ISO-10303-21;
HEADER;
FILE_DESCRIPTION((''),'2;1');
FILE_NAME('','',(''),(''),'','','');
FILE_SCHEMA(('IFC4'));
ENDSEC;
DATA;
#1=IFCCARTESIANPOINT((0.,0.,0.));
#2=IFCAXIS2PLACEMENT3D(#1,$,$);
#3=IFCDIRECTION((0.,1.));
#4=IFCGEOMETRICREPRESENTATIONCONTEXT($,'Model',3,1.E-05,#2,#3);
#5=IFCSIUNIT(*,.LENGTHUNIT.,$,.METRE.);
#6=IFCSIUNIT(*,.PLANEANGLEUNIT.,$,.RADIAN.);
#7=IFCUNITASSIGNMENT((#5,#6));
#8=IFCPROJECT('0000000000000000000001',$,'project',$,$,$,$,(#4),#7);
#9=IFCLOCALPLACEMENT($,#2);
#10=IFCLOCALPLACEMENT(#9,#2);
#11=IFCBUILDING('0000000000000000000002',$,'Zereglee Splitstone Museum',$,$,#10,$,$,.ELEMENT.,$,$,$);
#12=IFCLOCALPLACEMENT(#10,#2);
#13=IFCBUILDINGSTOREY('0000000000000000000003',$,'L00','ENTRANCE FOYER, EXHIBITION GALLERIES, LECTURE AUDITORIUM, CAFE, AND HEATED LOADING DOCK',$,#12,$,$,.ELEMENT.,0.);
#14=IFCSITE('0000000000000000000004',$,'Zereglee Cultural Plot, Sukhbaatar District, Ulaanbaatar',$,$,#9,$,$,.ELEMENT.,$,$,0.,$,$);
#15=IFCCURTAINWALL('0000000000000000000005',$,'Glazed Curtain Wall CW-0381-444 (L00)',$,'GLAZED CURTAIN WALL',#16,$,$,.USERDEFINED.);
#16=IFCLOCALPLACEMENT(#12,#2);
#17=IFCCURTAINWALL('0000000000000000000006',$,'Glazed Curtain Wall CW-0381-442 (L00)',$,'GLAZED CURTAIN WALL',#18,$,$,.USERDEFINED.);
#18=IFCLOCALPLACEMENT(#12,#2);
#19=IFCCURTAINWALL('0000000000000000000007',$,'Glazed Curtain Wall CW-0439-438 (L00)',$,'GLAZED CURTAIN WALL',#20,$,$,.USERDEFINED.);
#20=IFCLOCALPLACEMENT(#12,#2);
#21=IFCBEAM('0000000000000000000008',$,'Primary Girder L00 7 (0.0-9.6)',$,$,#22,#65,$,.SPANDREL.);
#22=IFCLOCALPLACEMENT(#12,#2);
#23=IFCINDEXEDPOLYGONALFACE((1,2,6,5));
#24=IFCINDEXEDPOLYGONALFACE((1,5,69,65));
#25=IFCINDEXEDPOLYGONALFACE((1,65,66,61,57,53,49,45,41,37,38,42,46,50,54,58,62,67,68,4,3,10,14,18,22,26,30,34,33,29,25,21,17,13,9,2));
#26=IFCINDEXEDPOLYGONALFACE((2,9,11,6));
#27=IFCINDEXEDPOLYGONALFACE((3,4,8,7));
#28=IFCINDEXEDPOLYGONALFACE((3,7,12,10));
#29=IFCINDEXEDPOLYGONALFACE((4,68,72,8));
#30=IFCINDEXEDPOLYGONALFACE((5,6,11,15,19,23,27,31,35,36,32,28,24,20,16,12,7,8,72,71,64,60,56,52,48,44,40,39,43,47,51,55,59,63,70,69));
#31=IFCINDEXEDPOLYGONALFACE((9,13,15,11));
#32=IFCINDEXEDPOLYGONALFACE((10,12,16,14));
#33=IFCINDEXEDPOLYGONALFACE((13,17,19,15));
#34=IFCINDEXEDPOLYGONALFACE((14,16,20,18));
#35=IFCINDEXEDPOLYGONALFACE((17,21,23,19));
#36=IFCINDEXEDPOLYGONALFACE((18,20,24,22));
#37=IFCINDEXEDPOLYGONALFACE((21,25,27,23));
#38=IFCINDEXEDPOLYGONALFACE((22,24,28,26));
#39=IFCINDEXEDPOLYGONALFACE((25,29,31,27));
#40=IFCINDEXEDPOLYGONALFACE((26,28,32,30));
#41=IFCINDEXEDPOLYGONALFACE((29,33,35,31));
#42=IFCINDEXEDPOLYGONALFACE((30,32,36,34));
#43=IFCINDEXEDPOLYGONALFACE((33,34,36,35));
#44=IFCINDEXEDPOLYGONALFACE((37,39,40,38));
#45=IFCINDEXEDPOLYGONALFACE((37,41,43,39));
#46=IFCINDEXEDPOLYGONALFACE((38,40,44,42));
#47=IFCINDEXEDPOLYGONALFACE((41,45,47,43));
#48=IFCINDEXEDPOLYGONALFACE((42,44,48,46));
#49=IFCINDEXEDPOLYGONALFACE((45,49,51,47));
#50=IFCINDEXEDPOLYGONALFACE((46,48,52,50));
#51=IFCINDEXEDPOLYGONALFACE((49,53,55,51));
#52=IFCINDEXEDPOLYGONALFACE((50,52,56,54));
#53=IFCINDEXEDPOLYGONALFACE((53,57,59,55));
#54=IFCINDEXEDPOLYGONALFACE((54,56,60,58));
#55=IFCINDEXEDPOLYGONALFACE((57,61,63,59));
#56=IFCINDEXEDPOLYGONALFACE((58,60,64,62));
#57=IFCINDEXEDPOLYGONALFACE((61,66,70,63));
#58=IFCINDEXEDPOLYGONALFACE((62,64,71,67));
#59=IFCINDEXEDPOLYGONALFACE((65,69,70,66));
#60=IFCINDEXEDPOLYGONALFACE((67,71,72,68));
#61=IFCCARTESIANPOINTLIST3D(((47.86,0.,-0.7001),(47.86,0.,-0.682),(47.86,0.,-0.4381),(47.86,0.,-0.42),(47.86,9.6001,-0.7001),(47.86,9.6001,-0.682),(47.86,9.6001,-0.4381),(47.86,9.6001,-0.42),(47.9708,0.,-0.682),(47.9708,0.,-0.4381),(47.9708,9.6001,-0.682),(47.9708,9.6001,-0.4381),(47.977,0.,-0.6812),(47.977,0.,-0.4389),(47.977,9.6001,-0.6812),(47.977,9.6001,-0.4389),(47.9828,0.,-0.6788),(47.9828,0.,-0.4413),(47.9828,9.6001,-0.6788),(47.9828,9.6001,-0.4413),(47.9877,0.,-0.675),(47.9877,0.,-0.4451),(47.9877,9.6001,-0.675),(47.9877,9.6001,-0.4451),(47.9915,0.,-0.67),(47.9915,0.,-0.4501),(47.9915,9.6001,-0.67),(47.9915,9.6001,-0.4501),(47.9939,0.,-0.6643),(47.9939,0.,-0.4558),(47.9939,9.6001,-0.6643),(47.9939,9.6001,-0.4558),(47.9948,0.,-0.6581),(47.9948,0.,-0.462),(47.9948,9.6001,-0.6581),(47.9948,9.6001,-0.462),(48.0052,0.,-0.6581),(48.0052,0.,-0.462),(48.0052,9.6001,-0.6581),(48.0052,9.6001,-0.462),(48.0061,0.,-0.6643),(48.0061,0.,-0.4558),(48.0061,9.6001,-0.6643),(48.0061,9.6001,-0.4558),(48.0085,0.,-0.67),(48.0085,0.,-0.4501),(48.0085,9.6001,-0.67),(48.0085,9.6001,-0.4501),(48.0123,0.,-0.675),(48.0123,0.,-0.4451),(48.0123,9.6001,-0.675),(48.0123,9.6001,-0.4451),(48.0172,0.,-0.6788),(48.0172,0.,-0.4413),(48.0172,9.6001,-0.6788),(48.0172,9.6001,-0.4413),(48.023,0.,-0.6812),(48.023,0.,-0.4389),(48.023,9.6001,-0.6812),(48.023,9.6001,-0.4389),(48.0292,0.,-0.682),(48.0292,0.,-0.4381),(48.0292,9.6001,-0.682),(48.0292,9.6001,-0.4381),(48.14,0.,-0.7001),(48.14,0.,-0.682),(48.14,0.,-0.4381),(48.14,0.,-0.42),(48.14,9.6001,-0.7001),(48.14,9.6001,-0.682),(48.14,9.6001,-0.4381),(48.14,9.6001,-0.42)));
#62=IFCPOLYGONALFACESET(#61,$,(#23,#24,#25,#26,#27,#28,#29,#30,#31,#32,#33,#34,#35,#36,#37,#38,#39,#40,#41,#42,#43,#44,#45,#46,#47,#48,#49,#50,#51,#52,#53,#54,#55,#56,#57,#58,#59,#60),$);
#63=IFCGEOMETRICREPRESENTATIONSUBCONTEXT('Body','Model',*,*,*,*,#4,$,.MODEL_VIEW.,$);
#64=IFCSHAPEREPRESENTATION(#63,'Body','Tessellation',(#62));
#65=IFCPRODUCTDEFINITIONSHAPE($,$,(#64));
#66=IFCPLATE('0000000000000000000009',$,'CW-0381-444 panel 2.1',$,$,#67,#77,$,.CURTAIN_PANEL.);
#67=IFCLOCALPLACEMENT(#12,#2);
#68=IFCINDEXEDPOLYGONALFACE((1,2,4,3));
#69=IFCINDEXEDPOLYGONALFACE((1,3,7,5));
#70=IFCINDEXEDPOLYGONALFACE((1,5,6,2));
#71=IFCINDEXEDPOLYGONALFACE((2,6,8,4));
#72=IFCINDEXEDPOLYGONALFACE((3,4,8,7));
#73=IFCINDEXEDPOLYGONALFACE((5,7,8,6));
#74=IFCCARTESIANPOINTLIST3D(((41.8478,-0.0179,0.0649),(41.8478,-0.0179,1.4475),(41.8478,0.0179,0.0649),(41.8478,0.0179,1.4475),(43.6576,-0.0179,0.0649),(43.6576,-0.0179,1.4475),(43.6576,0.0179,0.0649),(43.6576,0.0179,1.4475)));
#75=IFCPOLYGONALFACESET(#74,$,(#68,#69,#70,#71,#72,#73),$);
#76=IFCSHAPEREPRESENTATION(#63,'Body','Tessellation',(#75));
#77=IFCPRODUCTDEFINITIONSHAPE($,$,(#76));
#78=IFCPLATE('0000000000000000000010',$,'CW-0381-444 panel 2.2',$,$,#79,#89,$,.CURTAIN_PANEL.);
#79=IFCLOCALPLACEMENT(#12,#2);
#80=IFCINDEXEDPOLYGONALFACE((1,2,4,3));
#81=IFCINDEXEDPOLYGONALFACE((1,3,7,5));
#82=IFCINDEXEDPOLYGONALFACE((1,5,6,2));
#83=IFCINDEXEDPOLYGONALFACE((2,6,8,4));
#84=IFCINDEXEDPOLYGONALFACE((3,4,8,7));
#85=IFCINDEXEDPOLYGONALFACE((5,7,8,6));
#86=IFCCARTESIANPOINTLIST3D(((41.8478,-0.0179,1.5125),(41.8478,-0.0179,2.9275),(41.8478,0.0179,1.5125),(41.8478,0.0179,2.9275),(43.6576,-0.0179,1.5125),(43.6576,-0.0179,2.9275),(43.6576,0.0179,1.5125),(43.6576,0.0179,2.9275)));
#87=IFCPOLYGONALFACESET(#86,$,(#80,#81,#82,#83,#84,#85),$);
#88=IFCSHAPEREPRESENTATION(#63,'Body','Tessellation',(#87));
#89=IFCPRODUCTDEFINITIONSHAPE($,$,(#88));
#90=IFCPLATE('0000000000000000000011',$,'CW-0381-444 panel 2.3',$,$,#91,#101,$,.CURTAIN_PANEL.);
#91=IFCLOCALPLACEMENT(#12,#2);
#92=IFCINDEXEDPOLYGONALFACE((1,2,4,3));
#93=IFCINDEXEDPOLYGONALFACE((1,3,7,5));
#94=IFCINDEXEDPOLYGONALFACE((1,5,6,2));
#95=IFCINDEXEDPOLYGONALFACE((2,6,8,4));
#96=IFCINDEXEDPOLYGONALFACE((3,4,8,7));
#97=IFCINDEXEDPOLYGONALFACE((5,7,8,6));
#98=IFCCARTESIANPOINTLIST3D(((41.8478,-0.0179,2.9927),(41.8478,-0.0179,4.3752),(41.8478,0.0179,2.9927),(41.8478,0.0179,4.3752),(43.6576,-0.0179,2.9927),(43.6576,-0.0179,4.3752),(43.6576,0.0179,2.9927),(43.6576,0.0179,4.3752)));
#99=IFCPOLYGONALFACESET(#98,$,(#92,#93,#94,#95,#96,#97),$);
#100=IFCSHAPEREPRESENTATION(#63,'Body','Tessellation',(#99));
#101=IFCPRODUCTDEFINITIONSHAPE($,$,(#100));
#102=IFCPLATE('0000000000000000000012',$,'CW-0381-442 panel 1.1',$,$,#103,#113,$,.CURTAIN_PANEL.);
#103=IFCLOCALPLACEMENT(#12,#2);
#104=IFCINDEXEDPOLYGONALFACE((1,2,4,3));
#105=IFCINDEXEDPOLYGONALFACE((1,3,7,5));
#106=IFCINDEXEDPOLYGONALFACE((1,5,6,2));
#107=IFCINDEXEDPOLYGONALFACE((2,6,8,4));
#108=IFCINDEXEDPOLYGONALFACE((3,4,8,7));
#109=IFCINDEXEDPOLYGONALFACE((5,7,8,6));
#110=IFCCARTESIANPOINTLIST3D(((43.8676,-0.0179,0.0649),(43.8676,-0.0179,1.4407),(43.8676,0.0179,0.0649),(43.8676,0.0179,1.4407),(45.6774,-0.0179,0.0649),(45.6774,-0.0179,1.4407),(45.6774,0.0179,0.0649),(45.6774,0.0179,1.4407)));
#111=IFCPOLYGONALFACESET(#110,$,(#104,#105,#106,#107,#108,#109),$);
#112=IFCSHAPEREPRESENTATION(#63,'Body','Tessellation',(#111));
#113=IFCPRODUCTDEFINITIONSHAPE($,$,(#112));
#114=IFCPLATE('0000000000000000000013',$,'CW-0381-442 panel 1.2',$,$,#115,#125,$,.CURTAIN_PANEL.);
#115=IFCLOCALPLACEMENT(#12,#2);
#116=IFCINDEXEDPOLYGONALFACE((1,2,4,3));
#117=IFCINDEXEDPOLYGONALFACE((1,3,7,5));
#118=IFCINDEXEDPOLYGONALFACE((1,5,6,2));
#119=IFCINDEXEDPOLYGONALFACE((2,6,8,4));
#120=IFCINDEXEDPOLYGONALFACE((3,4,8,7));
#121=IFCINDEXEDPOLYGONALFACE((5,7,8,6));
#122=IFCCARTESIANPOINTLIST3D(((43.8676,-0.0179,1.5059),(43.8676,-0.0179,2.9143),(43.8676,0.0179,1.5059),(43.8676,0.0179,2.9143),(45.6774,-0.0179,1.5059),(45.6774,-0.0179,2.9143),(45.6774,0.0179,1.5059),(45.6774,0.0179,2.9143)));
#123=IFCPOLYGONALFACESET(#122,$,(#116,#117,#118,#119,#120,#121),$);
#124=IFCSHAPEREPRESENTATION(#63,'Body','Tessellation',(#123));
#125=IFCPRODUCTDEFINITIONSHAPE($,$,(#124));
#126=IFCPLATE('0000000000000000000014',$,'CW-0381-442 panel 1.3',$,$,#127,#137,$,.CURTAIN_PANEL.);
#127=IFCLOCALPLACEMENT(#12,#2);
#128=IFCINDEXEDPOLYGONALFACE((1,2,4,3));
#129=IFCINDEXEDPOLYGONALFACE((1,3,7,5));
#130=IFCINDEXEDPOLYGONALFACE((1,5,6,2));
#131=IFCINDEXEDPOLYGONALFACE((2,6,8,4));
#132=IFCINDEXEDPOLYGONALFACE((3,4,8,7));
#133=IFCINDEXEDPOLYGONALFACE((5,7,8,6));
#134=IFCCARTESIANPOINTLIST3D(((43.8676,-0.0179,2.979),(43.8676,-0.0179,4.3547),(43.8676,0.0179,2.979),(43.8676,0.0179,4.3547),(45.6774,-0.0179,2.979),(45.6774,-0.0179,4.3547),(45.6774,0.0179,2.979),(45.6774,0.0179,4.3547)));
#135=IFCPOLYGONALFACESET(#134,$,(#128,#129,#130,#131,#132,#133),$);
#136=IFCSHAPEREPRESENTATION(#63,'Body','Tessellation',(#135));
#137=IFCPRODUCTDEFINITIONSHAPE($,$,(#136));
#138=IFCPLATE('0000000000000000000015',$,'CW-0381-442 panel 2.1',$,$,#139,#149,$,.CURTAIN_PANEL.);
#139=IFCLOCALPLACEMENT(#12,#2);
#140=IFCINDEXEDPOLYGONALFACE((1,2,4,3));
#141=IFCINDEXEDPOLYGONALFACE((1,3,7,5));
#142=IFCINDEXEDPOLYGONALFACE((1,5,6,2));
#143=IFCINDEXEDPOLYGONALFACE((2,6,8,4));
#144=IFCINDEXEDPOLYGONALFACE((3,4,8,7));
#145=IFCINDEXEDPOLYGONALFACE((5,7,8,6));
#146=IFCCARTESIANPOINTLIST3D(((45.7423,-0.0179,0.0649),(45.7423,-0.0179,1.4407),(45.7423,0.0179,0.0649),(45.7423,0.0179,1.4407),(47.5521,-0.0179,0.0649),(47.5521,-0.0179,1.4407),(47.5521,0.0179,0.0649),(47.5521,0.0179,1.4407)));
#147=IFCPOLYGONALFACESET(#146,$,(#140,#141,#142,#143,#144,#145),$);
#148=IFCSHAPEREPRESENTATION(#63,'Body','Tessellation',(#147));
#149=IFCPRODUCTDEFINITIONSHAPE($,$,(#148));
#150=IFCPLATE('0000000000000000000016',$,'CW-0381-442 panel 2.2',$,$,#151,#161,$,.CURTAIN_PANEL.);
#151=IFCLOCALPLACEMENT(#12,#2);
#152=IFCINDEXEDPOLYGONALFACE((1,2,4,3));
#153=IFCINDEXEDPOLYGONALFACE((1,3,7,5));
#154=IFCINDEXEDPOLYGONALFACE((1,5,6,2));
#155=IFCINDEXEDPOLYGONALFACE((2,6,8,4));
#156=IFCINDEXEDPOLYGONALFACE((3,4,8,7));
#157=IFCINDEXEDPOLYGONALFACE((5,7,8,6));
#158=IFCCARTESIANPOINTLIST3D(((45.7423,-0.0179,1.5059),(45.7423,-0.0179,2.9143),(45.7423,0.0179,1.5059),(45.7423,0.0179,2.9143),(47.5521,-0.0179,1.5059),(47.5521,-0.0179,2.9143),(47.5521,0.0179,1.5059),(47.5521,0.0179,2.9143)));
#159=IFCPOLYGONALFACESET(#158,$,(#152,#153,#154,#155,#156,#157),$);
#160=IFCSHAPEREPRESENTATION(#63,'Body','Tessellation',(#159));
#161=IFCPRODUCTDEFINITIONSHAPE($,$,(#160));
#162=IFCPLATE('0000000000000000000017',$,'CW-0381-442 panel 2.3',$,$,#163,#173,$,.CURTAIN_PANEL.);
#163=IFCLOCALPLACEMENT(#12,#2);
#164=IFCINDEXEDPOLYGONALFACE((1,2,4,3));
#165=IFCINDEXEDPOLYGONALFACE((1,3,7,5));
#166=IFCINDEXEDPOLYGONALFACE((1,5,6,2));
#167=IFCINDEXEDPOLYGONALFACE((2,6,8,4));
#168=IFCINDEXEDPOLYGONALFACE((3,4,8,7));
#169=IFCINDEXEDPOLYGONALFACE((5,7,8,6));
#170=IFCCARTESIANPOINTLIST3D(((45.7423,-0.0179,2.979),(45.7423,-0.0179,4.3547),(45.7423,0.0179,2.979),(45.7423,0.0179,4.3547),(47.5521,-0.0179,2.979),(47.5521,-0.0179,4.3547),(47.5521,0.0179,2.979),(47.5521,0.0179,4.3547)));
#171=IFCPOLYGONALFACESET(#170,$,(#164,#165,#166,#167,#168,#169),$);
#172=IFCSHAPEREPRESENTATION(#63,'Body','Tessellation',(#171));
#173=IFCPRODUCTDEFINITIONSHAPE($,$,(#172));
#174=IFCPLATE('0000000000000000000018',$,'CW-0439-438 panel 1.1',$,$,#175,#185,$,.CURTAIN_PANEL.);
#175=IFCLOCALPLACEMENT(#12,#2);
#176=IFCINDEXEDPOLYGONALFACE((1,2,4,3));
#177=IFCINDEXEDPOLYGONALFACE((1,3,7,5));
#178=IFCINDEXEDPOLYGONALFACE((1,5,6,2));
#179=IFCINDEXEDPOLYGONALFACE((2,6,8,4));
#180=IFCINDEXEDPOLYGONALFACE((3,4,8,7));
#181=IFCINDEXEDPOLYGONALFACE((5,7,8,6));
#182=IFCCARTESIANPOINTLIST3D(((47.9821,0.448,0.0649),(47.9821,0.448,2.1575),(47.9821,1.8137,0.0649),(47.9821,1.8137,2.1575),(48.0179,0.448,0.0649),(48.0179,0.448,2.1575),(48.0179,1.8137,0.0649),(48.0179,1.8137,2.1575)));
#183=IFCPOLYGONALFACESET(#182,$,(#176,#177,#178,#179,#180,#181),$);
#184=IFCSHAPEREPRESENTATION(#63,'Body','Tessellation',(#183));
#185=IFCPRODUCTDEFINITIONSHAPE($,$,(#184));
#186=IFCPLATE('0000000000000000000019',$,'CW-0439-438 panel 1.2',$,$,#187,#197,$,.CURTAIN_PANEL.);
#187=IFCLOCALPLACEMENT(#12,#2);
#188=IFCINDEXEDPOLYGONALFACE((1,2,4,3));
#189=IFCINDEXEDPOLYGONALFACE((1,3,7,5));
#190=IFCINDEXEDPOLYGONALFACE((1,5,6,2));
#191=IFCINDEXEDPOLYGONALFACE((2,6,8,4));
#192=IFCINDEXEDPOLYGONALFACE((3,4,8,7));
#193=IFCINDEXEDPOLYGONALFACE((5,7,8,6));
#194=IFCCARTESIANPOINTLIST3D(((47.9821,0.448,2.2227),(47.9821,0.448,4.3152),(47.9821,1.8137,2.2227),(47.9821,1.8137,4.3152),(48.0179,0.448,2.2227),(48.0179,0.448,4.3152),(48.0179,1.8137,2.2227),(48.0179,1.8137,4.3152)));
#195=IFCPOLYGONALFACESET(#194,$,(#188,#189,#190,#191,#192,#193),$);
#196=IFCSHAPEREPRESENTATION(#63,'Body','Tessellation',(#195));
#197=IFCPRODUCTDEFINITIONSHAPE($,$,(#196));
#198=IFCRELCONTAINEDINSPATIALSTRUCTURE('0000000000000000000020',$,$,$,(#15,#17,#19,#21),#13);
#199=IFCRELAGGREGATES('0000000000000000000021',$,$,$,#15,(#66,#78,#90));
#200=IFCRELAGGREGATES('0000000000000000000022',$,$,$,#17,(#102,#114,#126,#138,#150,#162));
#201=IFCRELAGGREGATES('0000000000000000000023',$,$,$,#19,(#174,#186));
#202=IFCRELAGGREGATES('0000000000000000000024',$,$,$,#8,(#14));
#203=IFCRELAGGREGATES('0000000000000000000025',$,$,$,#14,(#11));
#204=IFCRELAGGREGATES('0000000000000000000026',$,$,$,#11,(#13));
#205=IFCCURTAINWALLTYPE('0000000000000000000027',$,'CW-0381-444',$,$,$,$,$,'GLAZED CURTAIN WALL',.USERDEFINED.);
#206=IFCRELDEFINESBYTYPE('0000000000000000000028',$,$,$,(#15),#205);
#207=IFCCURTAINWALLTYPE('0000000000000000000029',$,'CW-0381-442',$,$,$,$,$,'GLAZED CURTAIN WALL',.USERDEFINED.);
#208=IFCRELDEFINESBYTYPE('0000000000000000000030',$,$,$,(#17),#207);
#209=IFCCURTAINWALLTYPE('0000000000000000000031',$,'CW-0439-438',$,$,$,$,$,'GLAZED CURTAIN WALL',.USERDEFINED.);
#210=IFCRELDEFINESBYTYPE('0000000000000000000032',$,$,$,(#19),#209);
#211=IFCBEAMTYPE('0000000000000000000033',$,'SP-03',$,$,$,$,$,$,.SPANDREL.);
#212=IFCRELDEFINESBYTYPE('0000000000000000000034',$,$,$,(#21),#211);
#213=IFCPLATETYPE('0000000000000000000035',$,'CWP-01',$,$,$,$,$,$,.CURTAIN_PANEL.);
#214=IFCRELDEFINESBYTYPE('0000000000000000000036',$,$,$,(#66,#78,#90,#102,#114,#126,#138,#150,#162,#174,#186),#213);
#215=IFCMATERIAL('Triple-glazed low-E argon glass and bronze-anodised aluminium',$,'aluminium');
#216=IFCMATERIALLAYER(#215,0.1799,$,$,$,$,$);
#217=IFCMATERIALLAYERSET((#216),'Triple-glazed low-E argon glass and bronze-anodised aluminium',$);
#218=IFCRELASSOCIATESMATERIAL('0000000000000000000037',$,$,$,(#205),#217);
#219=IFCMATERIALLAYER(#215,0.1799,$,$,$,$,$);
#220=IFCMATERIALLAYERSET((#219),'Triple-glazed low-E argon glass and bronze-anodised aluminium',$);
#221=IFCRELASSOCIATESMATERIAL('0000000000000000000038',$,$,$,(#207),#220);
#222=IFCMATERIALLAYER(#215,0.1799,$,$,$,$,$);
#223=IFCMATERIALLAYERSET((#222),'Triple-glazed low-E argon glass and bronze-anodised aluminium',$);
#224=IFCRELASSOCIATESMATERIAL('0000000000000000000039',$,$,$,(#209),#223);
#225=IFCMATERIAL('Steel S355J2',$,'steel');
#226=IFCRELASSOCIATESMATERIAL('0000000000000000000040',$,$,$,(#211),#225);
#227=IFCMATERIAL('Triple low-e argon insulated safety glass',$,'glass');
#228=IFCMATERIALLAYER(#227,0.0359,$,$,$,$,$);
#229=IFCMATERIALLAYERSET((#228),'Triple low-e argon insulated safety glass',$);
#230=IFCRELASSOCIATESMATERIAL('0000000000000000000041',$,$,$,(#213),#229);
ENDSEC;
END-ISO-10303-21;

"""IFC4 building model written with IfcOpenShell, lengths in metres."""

from ifc_helpers import new_model, si_unit, direction, frame, origin, origin_2d, place, context, subcontext, project, spatial, rectangle, i_section, extrude, material, layer, layer_set, material_profile, profile_set, type_object, element, aggregate, save


model = new_model("IFC4")

# Units and contexts
model_context = context("Model", 3, precision=1e-05, world=origin(), true_north=direction((0.0, 1.0)))
body_context = subcontext(model_context, "Body", "Model", "MODEL_VIEW")
ifc_project = project(units=[si_unit("LENGTHUNIT", "METRE"), si_unit("PLANEANGLEUNIT", "RADIAN")], contexts=[model_context])

# Site, building, storey
site_placement = place(None, origin())
site = spatial("IfcSite", under=ifc_project, at=site_placement, Name="Zereglee Cultural Plot, Sukhbaatar District, Ulaanbaatar", CompositionType="ELEMENT", RefElevation=0.0)
building_placement = place(site_placement, origin())
building = spatial("IfcBuilding", under=site, at=building_placement, Name="Zereglee Splitstone Museum", CompositionType="ELEMENT")
storey_placement = place(building_placement, origin())
storey = spatial("IfcBuildingStorey", under=building, at=storey_placement, Name="L00", Description="ENTRANCE FOYER, EXHIBITION GALLERIES, LECTURE AUDITORIUM, CAFE, AND HEATED LOADING DOCK", CompositionType="ELEMENT", Elevation=0.0)

# Curtain wall
ifc_material_1 = material(Name="Triple-glazed low-E argon glass and bronze-anodised aluminium", Category="aluminium")
ifc_layer_1 = layer(ifc_material_1, 0.1799)
ifc_layer_set_1 = layer_set([ifc_layer_1], Name="Triple-glazed low-E argon glass and bronze-anodised aluminium")
curtain_wall_type_1 = type_object("IfcCurtainWallType", Name="CW-0381-444", ElementType="GLAZED CURTAIN WALL", PredefinedType="USERDEFINED", material=ifc_layer_set_1)
curtain_wall_1_placement = place(storey_placement, origin())
curtain_wall_1 = element("IfcCurtainWall", 1, at=curtain_wall_1_placement, inside=storey, type_object=curtain_wall_type_1, Name="Glazed Curtain Wall CW-0381-444 (L00)", ObjectType="GLAZED CURTAIN WALL", PredefinedType="USERDEFINED")

# Curtain walls
ifc_layer_2 = layer(ifc_material_1, 0.1799)
ifc_layer_set_2 = layer_set([ifc_layer_2], Name="Triple-glazed low-E argon glass and bronze-anodised aluminium")
curtain_wall_type_2 = type_object("IfcCurtainWallType", Name="CW-0381-442", ElementType="GLAZED CURTAIN WALL", PredefinedType="USERDEFINED", material=ifc_layer_set_2)
curtain_wall_2_placement = place(storey_placement, origin())
curtain_wall_2 = element("IfcCurtainWall", 2, at=curtain_wall_2_placement, inside=storey, type_object=curtain_wall_type_2, Name="Glazed Curtain Wall CW-0381-442 (L00)", ObjectType="GLAZED CURTAIN WALL", PredefinedType="USERDEFINED")
ifc_layer_3 = layer(ifc_material_1, 0.1799)
ifc_layer_set_3 = layer_set([ifc_layer_3], Name="Triple-glazed low-E argon glass and bronze-anodised aluminium")
curtain_wall_type_3 = type_object("IfcCurtainWallType", Name="CW-0439-438", ElementType="GLAZED CURTAIN WALL", PredefinedType="USERDEFINED", material=ifc_layer_set_3)
curtain_wall_3_placement = place(storey_placement, origin())
curtain_wall_3 = element("IfcCurtainWall", 3, at=curtain_wall_3_placement, inside=storey, type_object=curtain_wall_type_3, Name="Glazed Curtain Wall CW-0439-438 (L00)", ObjectType="GLAZED CURTAIN WALL", PredefinedType="USERDEFINED")

# Beam
ifc_material_2 = material(Name="Steel S355J2", Category="steel")
ifc_material_profile_1 = material_profile(ifc_material_2, i_section(OverallWidth=0.28, OverallDepth=0.28, WebThickness=0.0105, FlangeThickness=0.0181, FilletRadius=0.0239, at=origin_2d()), Name="HE 280 B")
ifc_profile_set_1 = profile_set([ifc_material_profile_1], Name="Steel S355J2")
beam_type_1 = type_object("IfcBeamType", Name="SP-03", PredefinedType="SPANDREL", material=ifc_profile_set_1)
beam_1_placement = place(storey_placement, frame((48.0, 0.0, -0.5601), z_axis=(0.0, 1.0, 0.0), x_axis=(-1.0, 0.0, 0.0)))
element("IfcBeam", 4, at=beam_1_placement, inside=storey, type_object=beam_type_1, Name="Primary Girder L00 7 (0.0-9.6)", PredefinedType="SPANDREL", context=body_context, shape_type="SweptSolid", body=[
    extrude(i_section(OverallWidth=0.28, OverallDepth=0.28, WebThickness=0.0105, FlangeThickness=0.0181, FilletRadius=0.0239, at=origin_2d()), origin(), (0.0, 0.0, 1.0), 9.6001),
])

# Plates
ifc_material_3 = material(Name="Triple low-e argon insulated safety glass", Category="glass")
ifc_layer_4 = layer(ifc_material_3, 0.0359)
ifc_layer_set_4 = layer_set([ifc_layer_4], Name="Triple low-e argon insulated safety glass")
plate_type = type_object("IfcPlateType", Name="CWP-01", PredefinedType="CURTAIN_PANEL", material=ifc_layer_set_4)
plate_1_placement = place(storey_placement, frame((42.7527, 0.0, 0.0649), z_axis=(0.0, 0.0, 1.0), x_axis=(1.0, 0.0, 0.0)))
plate_1 = element("IfcPlate", 5, at=plate_1_placement, type_object=plate_type, Name="CW-0381-444 panel 2.1", PredefinedType="CURTAIN_PANEL", context=body_context, shape_type="SweptSolid", body=[
    extrude(rectangle(XDim=1.8098, YDim=0.0359, at=origin_2d()), origin(), (0.0, 0.0, 1.0), 1.3826),
])
plate_2_placement = place(storey_placement, frame((42.7527, 0.0, 1.5125), z_axis=(0.0, 0.0, 1.0), x_axis=(1.0, 0.0, 0.0)))
plate_2 = element("IfcPlate", 6, at=plate_2_placement, type_object=plate_type, Name="CW-0381-444 panel 2.2", PredefinedType="CURTAIN_PANEL", context=body_context, shape_type="SweptSolid", body=[
    extrude(rectangle(XDim=1.8098, YDim=0.0359, at=origin_2d()), origin(), (0.0, 0.0, 1.0), 1.415),
])
plate_3_placement = place(storey_placement, frame((42.7527, 0.0, 2.9927), z_axis=(0.0, 0.0, 1.0), x_axis=(1.0, 0.0, 0.0)))
plate_3 = element("IfcPlate", 7, at=plate_3_placement, type_object=plate_type, Name="CW-0381-444 panel 2.3", PredefinedType="CURTAIN_PANEL", context=body_context, shape_type="SweptSolid", body=[
    extrude(rectangle(XDim=1.8098, YDim=0.0359, at=origin_2d()), origin(), (0.0, 0.0, 1.0), 1.3826),
])
aggregate(curtain_wall_1, [plate_1, plate_2, plate_3])
plate_4_placement = place(storey_placement, frame((44.7725, 0.0, 0.0649), z_axis=(0.0, 0.0, 1.0), x_axis=(1.0, 0.0, 0.0)))
plate_4 = element("IfcPlate", 8, at=plate_4_placement, type_object=plate_type, Name="CW-0381-442 panel 1.1", PredefinedType="CURTAIN_PANEL", context=body_context, shape_type="SweptSolid", body=[
    extrude(rectangle(XDim=1.8098, YDim=0.0359, at=origin_2d()), origin(), (0.0, 0.0, 1.0), 1.3757),
])
plate_5_placement = place(storey_placement, frame((44.7725, 0.0, 1.5059), z_axis=(0.0, 0.0, 1.0), x_axis=(1.0, 0.0, 0.0)))
plate_5 = element("IfcPlate", 9, at=plate_5_placement, type_object=plate_type, Name="CW-0381-442 panel 1.2", PredefinedType="CURTAIN_PANEL", context=body_context, shape_type="SweptSolid", body=[
    extrude(rectangle(XDim=1.8098, YDim=0.0359, at=origin_2d()), origin(), (0.0, 0.0, 1.0), 1.4084),
])
plate_6_placement = place(storey_placement, frame((44.7725, 0.0, 2.979), z_axis=(0.0, 0.0, 1.0), x_axis=(1.0, 0.0, 0.0)))
plate_6 = element("IfcPlate", 10, at=plate_6_placement, type_object=plate_type, Name="CW-0381-442 panel 1.3", PredefinedType="CURTAIN_PANEL", context=body_context, shape_type="SweptSolid", body=[
    extrude(rectangle(XDim=1.8098, YDim=0.0359, at=origin_2d()), origin(), (0.0, 0.0, 1.0), 1.3757),
])
plate_7_placement = place(storey_placement, frame((46.6472, 0.0, 0.0649), z_axis=(0.0, 0.0, 1.0), x_axis=(1.0, 0.0, 0.0)))
plate_7 = element("IfcPlate", 11, at=plate_7_placement, type_object=plate_type, Name="CW-0381-442 panel 2.1", PredefinedType="CURTAIN_PANEL", context=body_context, shape_type="SweptSolid", body=[
    extrude(rectangle(XDim=1.8098, YDim=0.0359, at=origin_2d()), origin(), (0.0, 0.0, 1.0), 1.3757),
])
plate_8_placement = place(storey_placement, frame((46.6472, 0.0, 1.5059), z_axis=(0.0, 0.0, 1.0), x_axis=(1.0, 0.0, 0.0)))
plate_8 = element("IfcPlate", 12, at=plate_8_placement, type_object=plate_type, Name="CW-0381-442 panel 2.2", PredefinedType="CURTAIN_PANEL", context=body_context, shape_type="SweptSolid", body=[
    extrude(rectangle(XDim=1.8098, YDim=0.0359, at=origin_2d()), origin(), (0.0, 0.0, 1.0), 1.4084),
])
plate_9_placement = place(storey_placement, frame((46.6472, 0.0, 2.979), z_axis=(0.0, 0.0, 1.0), x_axis=(1.0, 0.0, 0.0)))
plate_9 = element("IfcPlate", 13, at=plate_9_placement, type_object=plate_type, Name="CW-0381-442 panel 2.3", PredefinedType="CURTAIN_PANEL", context=body_context, shape_type="SweptSolid", body=[
    extrude(rectangle(XDim=1.8098, YDim=0.0359, at=origin_2d()), origin(), (0.0, 0.0, 1.0), 1.3757),
])
aggregate(curtain_wall_2, [plate_4, plate_5, plate_6, plate_7, plate_8, plate_9])
plate_10_placement = place(storey_placement, frame((48.0, 1.1309, 0.0649), z_axis=(0.0, 0.0, 1.0), x_axis=(0.0, 1.0, 0.0)))
plate_10 = element("IfcPlate", 14, at=plate_10_placement, type_object=plate_type, Name="CW-0439-438 panel 1.1", PredefinedType="CURTAIN_PANEL", context=body_context, shape_type="SweptSolid", body=[
    extrude(rectangle(XDim=1.3657, YDim=0.0359, at=origin_2d()), origin(), (0.0, 0.0, 1.0), 2.0925),
])
plate_11_placement = place(storey_placement, frame((48.0, 1.1309, 2.2227), z_axis=(0.0, 0.0, 1.0), x_axis=(0.0, 1.0, 0.0)))
plate_11 = element("IfcPlate", 15, at=plate_11_placement, type_object=plate_type, Name="CW-0439-438 panel 1.2", PredefinedType="CURTAIN_PANEL", context=body_context, shape_type="SweptSolid", body=[
    extrude(rectangle(XDim=1.3657, YDim=0.0359, at=origin_2d()), origin(), (0.0, 0.0, 1.0), 2.0925),
])
aggregate(curtain_wall_3, [plate_10, plate_11])

save(model, "model.ifc")
